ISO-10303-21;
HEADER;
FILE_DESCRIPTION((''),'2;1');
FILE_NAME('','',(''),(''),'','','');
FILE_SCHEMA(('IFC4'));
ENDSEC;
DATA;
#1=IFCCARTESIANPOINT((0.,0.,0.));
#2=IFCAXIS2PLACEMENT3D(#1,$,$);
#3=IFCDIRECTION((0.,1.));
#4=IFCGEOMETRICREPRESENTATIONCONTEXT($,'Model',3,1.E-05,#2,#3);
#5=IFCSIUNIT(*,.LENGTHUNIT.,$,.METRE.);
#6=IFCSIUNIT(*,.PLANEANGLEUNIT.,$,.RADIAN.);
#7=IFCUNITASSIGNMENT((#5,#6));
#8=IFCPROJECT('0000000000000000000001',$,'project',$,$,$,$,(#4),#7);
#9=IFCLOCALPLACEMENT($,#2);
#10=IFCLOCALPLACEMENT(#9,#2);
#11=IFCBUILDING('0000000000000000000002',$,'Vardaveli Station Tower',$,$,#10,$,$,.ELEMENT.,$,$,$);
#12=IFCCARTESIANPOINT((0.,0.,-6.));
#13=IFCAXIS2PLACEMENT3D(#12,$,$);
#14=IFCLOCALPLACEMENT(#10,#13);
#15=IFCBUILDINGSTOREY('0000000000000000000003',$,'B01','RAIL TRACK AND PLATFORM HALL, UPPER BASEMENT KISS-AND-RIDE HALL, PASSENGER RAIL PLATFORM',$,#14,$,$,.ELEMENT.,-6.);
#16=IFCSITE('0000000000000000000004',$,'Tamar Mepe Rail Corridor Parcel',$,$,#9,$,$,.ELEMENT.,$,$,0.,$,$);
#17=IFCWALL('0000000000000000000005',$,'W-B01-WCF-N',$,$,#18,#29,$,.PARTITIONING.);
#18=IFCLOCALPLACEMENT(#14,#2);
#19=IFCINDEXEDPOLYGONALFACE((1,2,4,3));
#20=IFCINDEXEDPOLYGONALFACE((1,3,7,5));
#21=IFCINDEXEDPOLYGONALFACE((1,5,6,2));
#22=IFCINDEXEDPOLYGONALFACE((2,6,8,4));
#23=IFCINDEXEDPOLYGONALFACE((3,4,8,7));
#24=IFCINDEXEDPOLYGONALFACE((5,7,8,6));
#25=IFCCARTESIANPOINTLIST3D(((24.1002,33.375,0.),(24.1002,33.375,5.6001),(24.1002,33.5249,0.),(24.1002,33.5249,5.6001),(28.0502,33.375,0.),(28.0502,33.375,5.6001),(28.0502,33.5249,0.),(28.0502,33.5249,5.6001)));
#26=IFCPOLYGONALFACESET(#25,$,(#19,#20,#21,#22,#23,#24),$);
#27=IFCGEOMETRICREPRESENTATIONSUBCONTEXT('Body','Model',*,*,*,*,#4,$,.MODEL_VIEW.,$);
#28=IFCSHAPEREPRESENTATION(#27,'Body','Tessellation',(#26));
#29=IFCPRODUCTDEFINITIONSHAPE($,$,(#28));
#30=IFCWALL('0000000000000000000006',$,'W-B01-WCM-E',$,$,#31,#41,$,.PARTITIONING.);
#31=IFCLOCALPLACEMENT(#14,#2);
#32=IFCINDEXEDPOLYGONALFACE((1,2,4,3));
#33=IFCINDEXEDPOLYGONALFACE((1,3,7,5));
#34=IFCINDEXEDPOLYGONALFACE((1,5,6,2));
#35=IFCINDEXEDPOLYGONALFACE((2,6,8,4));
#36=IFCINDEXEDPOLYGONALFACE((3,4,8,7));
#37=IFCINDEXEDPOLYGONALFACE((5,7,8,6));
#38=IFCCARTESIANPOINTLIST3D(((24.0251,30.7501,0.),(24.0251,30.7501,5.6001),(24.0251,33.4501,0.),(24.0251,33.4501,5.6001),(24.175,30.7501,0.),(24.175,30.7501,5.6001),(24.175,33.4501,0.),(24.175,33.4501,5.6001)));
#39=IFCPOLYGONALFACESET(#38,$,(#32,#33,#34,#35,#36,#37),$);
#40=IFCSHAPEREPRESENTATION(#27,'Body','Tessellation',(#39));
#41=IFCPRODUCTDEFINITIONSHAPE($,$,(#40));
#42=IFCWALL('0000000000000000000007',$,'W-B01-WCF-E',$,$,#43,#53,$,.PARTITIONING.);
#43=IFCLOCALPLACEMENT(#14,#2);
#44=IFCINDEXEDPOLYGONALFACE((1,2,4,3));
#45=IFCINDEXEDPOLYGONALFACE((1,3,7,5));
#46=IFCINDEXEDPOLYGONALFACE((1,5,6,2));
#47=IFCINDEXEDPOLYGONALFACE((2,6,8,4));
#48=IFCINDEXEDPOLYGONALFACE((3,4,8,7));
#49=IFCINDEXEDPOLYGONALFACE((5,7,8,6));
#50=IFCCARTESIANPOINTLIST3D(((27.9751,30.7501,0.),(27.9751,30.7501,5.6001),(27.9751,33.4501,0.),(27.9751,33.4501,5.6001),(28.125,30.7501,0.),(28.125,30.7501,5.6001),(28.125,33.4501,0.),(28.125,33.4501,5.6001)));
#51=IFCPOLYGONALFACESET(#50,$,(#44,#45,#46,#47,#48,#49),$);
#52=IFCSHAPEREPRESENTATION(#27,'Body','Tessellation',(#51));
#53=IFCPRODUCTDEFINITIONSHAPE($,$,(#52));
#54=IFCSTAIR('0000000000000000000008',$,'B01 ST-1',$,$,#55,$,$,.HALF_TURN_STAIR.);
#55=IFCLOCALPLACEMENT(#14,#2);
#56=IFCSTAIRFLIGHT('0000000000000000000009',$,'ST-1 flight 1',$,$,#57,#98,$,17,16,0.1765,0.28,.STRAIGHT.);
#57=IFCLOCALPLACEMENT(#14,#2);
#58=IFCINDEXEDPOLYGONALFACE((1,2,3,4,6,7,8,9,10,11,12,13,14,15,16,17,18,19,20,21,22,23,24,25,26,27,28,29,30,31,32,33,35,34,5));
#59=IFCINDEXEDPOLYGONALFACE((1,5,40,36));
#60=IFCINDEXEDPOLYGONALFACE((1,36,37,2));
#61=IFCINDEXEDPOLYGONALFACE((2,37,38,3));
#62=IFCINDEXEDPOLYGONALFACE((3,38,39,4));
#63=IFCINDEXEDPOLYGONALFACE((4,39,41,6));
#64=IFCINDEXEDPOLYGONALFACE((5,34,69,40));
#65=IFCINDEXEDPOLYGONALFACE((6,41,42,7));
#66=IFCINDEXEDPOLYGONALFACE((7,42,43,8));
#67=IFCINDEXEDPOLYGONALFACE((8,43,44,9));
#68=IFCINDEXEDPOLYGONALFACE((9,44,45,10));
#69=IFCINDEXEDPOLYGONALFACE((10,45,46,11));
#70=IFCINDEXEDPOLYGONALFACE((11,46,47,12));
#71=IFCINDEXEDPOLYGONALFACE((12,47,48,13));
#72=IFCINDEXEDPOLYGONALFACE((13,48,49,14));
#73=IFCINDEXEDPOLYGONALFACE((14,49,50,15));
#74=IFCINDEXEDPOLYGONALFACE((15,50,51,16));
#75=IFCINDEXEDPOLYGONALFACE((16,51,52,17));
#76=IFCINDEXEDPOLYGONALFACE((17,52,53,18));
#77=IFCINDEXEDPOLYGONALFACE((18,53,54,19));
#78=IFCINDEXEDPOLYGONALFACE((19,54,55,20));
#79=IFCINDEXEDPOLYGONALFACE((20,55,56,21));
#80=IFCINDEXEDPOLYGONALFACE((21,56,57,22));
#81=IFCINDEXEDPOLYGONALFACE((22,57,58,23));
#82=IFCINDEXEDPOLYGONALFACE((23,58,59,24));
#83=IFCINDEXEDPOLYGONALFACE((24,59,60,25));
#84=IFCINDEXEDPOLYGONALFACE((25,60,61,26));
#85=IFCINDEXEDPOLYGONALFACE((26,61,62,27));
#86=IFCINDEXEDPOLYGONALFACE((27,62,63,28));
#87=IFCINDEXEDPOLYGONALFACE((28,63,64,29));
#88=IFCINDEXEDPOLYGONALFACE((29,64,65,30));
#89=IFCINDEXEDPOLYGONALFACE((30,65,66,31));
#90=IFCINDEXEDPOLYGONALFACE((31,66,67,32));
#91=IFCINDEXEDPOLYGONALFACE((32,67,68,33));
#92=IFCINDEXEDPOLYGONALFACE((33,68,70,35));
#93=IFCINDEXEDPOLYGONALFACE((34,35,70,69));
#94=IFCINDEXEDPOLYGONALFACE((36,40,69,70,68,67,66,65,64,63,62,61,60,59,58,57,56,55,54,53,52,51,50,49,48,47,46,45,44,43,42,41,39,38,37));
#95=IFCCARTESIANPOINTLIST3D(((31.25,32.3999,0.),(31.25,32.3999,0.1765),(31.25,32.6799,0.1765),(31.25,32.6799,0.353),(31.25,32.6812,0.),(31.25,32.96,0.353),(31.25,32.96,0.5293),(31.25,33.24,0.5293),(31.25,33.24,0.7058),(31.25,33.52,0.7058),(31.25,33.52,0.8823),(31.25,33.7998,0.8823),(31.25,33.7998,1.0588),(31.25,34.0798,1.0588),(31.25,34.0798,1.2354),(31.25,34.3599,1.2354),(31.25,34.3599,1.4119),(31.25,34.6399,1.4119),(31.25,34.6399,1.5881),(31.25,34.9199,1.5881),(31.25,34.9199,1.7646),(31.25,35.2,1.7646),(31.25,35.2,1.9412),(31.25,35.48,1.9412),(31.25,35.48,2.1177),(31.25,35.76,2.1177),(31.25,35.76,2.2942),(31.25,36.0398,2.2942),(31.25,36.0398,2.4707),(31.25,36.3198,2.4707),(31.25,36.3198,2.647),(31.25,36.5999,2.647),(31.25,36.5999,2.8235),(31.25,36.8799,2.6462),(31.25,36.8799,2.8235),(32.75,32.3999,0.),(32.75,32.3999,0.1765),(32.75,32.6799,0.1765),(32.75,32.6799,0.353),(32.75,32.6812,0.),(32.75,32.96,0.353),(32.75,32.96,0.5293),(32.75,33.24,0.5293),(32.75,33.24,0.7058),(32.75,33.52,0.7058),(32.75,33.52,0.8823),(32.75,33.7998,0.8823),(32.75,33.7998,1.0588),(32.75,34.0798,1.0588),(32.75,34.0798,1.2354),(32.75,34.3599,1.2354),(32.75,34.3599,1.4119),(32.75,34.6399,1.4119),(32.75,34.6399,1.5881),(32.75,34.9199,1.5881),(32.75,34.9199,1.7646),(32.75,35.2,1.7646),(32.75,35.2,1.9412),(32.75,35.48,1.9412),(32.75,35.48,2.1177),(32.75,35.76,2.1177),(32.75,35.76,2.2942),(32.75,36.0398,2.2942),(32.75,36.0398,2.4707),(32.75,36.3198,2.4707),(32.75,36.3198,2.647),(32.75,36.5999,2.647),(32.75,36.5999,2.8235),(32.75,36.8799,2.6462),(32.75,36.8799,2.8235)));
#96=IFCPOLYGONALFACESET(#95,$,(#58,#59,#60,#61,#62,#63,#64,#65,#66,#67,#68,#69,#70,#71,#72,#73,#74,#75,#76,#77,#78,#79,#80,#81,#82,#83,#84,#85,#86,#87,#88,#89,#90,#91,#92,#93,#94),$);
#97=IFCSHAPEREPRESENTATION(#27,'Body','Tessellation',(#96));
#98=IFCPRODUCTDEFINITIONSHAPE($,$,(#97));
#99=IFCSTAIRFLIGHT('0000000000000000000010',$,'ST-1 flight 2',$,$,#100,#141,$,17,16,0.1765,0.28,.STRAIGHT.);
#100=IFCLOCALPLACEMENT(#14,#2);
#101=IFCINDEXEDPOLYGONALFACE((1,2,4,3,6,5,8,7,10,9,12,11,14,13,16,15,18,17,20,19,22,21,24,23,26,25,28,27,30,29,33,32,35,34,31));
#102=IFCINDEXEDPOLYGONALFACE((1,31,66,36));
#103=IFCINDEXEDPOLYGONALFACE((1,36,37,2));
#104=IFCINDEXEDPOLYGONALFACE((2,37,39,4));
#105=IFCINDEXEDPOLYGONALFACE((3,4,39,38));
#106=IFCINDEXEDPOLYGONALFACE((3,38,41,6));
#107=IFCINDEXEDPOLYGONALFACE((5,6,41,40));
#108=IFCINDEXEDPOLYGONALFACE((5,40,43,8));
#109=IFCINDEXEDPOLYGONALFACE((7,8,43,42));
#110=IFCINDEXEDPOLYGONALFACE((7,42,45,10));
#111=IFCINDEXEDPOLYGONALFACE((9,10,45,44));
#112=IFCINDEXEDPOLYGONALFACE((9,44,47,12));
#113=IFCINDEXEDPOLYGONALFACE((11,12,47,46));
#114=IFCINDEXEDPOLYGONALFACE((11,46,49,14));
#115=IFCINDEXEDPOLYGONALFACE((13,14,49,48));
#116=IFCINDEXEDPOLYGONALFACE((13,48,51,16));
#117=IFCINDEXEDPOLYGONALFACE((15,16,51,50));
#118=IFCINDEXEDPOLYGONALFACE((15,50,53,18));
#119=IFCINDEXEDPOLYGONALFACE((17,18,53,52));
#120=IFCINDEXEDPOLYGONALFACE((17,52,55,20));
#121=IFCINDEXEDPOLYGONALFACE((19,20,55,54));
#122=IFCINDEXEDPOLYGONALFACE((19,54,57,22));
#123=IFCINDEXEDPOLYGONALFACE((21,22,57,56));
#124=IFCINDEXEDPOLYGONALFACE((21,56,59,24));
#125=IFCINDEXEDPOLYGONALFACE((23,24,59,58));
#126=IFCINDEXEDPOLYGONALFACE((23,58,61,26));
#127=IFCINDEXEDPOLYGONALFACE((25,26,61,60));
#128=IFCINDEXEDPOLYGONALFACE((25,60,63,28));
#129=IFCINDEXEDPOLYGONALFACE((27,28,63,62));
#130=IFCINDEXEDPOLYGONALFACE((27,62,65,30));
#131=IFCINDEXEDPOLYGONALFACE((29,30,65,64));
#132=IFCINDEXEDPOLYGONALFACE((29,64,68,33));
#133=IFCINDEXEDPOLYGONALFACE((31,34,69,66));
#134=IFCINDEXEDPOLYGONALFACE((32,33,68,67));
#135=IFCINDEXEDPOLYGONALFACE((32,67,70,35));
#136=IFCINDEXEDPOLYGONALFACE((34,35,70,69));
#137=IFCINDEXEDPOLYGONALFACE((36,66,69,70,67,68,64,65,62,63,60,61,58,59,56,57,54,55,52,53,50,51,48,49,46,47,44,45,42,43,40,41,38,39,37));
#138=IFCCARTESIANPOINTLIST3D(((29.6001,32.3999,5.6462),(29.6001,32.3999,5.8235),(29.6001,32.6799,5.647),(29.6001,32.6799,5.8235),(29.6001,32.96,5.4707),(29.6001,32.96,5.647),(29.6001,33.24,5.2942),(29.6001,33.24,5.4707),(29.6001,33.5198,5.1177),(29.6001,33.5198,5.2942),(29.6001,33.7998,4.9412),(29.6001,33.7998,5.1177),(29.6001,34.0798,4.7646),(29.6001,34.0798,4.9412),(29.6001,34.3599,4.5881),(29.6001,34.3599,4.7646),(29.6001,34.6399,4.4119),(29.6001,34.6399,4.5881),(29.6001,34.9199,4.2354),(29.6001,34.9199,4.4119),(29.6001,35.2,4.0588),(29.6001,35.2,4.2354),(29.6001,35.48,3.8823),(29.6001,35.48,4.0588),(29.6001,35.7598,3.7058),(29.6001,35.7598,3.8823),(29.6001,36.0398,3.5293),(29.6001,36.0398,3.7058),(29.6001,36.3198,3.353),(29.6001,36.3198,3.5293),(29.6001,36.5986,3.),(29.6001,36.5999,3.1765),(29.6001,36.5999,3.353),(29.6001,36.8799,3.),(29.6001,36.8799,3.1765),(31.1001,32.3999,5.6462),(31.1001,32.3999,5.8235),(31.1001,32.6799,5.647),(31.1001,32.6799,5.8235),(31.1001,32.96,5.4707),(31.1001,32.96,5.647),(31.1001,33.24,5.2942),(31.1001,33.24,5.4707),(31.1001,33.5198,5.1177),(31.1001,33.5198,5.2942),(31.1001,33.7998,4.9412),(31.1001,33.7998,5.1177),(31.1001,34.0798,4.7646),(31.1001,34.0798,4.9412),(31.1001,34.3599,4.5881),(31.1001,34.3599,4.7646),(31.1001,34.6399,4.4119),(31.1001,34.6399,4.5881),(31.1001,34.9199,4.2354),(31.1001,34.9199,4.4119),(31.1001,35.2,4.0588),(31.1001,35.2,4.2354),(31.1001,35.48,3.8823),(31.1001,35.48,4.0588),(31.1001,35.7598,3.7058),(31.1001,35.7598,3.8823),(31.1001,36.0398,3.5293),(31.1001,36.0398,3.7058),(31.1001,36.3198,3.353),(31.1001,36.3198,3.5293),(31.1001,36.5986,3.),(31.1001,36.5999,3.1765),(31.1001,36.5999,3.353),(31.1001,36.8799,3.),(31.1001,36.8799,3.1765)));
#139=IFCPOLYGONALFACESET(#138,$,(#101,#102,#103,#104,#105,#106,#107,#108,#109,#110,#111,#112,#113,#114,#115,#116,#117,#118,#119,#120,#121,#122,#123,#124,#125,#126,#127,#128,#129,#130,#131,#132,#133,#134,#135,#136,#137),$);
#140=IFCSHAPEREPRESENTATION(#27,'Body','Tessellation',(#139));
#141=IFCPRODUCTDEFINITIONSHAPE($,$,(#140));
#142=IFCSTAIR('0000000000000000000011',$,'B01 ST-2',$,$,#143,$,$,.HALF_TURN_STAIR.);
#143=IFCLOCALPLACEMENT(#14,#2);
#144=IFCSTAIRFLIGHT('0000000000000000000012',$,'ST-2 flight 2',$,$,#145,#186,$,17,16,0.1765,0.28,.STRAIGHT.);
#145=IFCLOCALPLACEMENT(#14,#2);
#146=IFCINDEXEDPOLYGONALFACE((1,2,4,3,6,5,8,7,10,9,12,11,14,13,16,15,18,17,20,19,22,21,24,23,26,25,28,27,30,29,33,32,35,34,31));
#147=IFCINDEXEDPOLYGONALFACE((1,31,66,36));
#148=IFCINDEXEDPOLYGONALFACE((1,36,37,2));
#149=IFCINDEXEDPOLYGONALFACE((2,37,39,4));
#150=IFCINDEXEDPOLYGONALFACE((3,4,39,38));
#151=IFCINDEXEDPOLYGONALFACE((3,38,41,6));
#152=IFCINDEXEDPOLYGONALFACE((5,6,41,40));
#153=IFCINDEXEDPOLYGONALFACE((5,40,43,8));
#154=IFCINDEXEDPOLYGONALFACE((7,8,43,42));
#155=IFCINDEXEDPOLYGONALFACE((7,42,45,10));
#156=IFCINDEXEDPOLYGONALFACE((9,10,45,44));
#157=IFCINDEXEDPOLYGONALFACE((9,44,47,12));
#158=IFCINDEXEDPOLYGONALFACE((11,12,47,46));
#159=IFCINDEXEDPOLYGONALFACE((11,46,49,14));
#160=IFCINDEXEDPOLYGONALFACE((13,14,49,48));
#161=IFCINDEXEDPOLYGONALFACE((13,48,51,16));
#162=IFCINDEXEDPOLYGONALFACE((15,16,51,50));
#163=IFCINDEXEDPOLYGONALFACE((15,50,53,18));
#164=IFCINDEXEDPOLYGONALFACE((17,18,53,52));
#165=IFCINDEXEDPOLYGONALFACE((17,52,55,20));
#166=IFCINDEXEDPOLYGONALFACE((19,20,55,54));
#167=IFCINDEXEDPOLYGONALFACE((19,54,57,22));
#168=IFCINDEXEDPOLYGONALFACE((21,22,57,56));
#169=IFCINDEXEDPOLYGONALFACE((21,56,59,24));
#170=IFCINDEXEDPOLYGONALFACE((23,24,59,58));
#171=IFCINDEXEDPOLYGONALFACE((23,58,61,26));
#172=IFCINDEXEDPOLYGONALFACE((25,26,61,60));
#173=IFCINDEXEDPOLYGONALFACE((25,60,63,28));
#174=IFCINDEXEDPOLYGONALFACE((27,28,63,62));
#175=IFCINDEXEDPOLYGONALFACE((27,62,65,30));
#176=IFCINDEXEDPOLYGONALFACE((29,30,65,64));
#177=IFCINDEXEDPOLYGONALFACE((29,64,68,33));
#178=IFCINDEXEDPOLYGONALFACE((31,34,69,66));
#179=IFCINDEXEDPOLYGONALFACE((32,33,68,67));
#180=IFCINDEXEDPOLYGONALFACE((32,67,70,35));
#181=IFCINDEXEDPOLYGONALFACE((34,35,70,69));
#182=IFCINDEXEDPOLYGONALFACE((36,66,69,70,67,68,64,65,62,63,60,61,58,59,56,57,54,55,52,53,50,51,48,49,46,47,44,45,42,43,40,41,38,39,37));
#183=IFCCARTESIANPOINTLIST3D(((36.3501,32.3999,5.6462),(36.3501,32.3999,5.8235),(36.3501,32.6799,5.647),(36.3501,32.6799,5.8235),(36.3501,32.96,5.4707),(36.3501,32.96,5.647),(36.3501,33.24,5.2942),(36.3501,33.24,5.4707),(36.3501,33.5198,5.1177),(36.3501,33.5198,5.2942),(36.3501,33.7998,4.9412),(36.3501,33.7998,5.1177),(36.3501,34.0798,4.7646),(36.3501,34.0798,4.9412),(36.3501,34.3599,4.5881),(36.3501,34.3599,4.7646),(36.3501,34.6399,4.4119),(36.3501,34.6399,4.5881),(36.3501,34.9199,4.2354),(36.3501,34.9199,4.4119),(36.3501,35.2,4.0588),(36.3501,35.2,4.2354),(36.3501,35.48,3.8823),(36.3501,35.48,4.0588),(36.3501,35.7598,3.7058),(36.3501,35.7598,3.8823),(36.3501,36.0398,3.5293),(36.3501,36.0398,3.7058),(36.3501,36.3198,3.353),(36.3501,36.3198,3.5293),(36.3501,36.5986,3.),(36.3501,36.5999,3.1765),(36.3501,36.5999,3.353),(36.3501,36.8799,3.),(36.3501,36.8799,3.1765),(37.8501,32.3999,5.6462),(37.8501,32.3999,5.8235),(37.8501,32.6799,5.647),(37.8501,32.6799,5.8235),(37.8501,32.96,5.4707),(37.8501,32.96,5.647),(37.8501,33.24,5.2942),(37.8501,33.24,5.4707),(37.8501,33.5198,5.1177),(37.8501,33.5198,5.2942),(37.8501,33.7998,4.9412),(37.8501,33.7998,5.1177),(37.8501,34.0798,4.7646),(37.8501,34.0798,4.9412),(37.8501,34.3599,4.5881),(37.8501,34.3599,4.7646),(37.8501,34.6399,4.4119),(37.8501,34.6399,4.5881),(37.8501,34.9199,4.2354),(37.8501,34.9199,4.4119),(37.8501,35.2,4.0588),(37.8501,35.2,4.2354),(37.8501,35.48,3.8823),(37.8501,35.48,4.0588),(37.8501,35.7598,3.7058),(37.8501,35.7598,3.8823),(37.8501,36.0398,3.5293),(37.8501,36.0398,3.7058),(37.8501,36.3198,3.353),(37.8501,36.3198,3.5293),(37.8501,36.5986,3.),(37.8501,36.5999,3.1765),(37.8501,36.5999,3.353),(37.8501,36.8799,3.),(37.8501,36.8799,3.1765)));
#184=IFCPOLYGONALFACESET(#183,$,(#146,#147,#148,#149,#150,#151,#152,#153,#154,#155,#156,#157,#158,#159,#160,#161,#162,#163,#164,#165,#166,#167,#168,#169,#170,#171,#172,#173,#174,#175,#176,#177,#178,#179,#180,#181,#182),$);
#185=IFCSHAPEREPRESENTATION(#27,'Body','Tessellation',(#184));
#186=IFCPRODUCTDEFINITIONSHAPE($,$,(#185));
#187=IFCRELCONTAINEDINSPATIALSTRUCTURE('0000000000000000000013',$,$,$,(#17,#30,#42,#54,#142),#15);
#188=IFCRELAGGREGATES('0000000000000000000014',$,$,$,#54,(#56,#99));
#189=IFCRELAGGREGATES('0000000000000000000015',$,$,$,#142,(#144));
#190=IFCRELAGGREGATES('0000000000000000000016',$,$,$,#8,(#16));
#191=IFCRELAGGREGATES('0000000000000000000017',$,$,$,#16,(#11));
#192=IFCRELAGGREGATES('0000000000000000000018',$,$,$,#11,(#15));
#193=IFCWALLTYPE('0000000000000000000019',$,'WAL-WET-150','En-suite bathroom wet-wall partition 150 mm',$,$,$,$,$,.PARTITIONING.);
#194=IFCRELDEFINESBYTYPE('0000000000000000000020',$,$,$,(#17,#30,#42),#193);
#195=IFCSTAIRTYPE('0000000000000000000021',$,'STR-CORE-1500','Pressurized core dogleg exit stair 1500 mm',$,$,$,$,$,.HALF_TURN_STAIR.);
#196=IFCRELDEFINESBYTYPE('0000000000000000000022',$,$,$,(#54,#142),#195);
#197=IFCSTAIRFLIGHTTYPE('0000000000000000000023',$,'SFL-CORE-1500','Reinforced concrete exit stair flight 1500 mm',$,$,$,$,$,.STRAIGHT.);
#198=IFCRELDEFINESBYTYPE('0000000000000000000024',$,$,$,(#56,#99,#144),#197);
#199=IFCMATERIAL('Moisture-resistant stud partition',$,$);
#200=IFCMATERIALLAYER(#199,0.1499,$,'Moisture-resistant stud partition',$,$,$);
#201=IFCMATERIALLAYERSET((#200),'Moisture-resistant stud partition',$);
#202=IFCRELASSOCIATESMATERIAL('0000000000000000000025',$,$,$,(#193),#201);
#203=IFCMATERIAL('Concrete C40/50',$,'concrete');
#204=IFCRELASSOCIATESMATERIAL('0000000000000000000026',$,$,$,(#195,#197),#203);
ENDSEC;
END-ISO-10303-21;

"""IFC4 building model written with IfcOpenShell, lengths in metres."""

from ifc_helpers import new_model, si_unit, direction, frame, frame_2d, origin, place, context, subcontext, project, spatial, polyline, rectangle, outline, extrude, source, transform, mapped, material, layer, layer_set, type_object, element, aggregate, save


model = new_model("IFC4")

# Units and contexts
model_context = context("Model", 3, precision=1e-05, world=origin(), true_north=direction((0.0, 1.0)))
body_context = subcontext(model_context, "Body", "Model", "MODEL_VIEW")
ifc_project = project(units=[si_unit("LENGTHUNIT", "METRE"), si_unit("PLANEANGLEUNIT", "RADIAN")], contexts=[model_context])

# Site, building, storey
site_placement = place(None, origin())
site = spatial("IfcSite", under=ifc_project, at=site_placement, Name="Tamar Mepe Rail Corridor Parcel", CompositionType="ELEMENT", RefElevation=0.0)
building_placement = place(site_placement, origin())
building = spatial("IfcBuilding", under=site, at=building_placement, Name="Vardaveli Station Tower", CompositionType="ELEMENT")
storey_placement = place(building_placement, frame((0.0, 0.0, -6.0)))
storey = spatial("IfcBuildingStorey", under=building, at=storey_placement, Name="B01", Description="RAIL TRACK AND PLATFORM HALL, UPPER BASEMENT KISS-AND-RIDE HALL, PASSENGER RAIL PLATFORM", CompositionType="ELEMENT", Elevation=-6.0)

# Shared definitions
ifc_material_1 = material(Name="Concrete C40/50", Category="concrete")

# Walls
ifc_material_2 = material(Name="Moisture-resistant stud partition")
ifc_layer_1 = layer(ifc_material_2, 0.1499, Name="Moisture-resistant stud partition")
ifc_layer_set_1 = layer_set([ifc_layer_1], Name="Moisture-resistant stud partition")
wall_type_1 = type_object("IfcWallType", Name="WAL-WET-150", Description="En-suite bathroom wet-wall partition 150 mm", PredefinedType="PARTITIONING", material=ifc_layer_set_1)
shared_shape_1 = source(origin(), body_context, "Body", "SweptSolid", [
    extrude(rectangle(XDim=3.95, YDim=0.1499, at=frame_2d((1.9751, 0.0))), origin(), (0.0, 0.0, 1.0), 5.6001),
])
wall_1_placement = place(storey_placement, frame((24.1001, 33.45, 0.0), z_axis=(0.0, 0.0, 1.0), x_axis=(1.0, 0.0, 0.0)))
element("IfcWall", 1, at=wall_1_placement, inside=storey, type_object=wall_type_1, Name="W-B01-WCF-N", PredefinedType="PARTITIONING", context=body_context, shape_type="MappedRepresentation", body=[
    mapped(shared_shape_1, transform((0.0, 0.0, 0.0), scale=1.0)),
])
shared_shape_2 = source(origin(), body_context, "Body", "SweptSolid", [
    extrude(rectangle(XDim=2.7, YDim=0.1499, at=frame_2d((1.3501, 0.0))), origin(), (0.0, 0.0, 1.0), 5.6001),
])
for number, where, z_axis, x_axis, name in (
    (2, (24.1001, 30.75, 0.0), (0.0, 0.0, 1.0), (0.0, 1.0, 0.0), "W-B01-WCM-E"),
    (3, (28.05, 30.75, 0.0), (0.0, 0.0, 1.0), (0.0, 1.0, 0.0), "W-B01-WCF-E"),
):
    element("IfcWall", number, at=place(storey_placement, frame(where, z_axis=z_axis, x_axis=x_axis)), inside=storey, type_object=wall_type_1, Name=name, PredefinedType="PARTITIONING", context=body_context, shape_type="MappedRepresentation", body=[
        mapped(shared_shape_2, transform((0.0, 0.0, 0.0), scale=1.0)),
    ])

# Stair, stair flights
stair_type = type_object("IfcStairType", Name="STR-CORE-1500", Description="Pressurized core dogleg exit stair 1500 mm", PredefinedType="HALF_TURN_STAIR", material=ifc_material_1)
stair_1_placement = place(storey_placement, origin())
stair_1 = element("IfcStair", 4, at=stair_1_placement, inside=storey, type_object=stair_type, Name="B01 ST-1", PredefinedType="HALF_TURN_STAIR")
stair_flight_type = type_object("IfcStairFlightType", Name="SFL-CORE-1500", Description="Reinforced concrete exit stair flight 1500 mm", PredefinedType="STRAIGHT", material=ifc_material_1)
shared_shape_3 = source(origin(), body_context, "Body", "SweptSolid", [
    extrude(outline(polyline([(0.0, 0.0), (0.0, 0.1765), (0.28, 0.1765), (0.28, 0.353), (0.5601, 0.353), (0.5601, 0.5293), (0.8401, 0.5293), (0.8401, 0.7058), (1.1201, 0.7058), (1.1201, 0.8823), (1.3999, 0.8823), (1.3999, 1.0588), (1.6799, 1.0588), (1.6799, 1.2354), (1.96, 1.2354), (1.96, 1.4119), (2.24, 1.4119), (2.24, 1.5881), (2.52, 1.5881), (2.52, 1.7646), (2.8, 1.7646), (2.8, 1.9412), (3.0801, 1.9412), (3.0801, 2.1177), (3.3601, 2.1177), (3.3601, 2.2942), (3.6399, 2.2942), (3.6399, 2.4707), (3.9199, 2.4707), (3.9199, 2.647), (4.2, 2.647), (4.2, 2.8235), (4.48, 2.8235), (4.48, 3.0), (4.48, 2.6462), (0.2812, 0.0), (0.0, 0.0)])), frame((0.0, 0.75, 0.0), z_axis=(0.0, -1.0, 0.0), x_axis=(1.0, 0.0, 0.0)), (0.0, 0.0, 1.0), 1.5),
])
stair_flight_1_placement = place(storey_placement, frame((32.0, 32.3999, 0.0), z_axis=(0.0, 0.0, 1.0), x_axis=(0.0, 1.0, 0.0)))
stair_flight_1 = element("IfcStairFlight", 5, at=stair_flight_1_placement, type_object=stair_flight_type, Name="ST-1 flight 1", NumberOfRisers=17, NumberOfTreads=16, PredefinedType="STRAIGHT", RiserHeight=0.1765, TreadLength=0.28, context=body_context, shape_type="MappedRepresentation", body=[
    mapped(shared_shape_3, transform((0.0, 0.0, 0.0), scale=1.0)),
])
stair_flight_2_placement = place(storey_placement, frame((30.3501, 36.8799, 3.0), z_axis=(0.0, 0.0, 1.0), x_axis=(0.0, -1.0, 0.0)))
stair_flight_2 = element("IfcStairFlight", 6, at=stair_flight_2_placement, type_object=stair_flight_type, Name="ST-1 flight 2", NumberOfRisers=17, NumberOfTreads=16, PredefinedType="STRAIGHT", RiserHeight=0.1765, TreadLength=0.28, context=body_context, shape_type="MappedRepresentation", body=[
    mapped(shared_shape_3, transform((0.0, 0.0, 0.0), scale=1.0)),
])
aggregate(stair_1, [stair_flight_1, stair_flight_2])

# Stair, stair flight
stair_2_placement = place(storey_placement, origin())
stair_2 = element("IfcStair", 7, at=stair_2_placement, inside=storey, type_object=stair_type, Name="B01 ST-2", PredefinedType="HALF_TURN_STAIR")
stair_flight_3_placement = place(storey_placement, frame((37.1001, 36.8799, 3.0), z_axis=(0.0, 0.0, 1.0), x_axis=(0.0, -1.0, 0.0)))
stair_flight_3 = element("IfcStairFlight", 8, at=stair_flight_3_placement, type_object=stair_flight_type, Name="ST-2 flight 2", NumberOfRisers=17, NumberOfTreads=16, PredefinedType="STRAIGHT", RiserHeight=0.1765, TreadLength=0.28, context=body_context, shape_type="MappedRepresentation", body=[
    mapped(shared_shape_3, transform((0.0, 0.0, 0.0), scale=1.0)),
])
aggregate(stair_2, [stair_flight_3])

save(model, "model.ifc")
